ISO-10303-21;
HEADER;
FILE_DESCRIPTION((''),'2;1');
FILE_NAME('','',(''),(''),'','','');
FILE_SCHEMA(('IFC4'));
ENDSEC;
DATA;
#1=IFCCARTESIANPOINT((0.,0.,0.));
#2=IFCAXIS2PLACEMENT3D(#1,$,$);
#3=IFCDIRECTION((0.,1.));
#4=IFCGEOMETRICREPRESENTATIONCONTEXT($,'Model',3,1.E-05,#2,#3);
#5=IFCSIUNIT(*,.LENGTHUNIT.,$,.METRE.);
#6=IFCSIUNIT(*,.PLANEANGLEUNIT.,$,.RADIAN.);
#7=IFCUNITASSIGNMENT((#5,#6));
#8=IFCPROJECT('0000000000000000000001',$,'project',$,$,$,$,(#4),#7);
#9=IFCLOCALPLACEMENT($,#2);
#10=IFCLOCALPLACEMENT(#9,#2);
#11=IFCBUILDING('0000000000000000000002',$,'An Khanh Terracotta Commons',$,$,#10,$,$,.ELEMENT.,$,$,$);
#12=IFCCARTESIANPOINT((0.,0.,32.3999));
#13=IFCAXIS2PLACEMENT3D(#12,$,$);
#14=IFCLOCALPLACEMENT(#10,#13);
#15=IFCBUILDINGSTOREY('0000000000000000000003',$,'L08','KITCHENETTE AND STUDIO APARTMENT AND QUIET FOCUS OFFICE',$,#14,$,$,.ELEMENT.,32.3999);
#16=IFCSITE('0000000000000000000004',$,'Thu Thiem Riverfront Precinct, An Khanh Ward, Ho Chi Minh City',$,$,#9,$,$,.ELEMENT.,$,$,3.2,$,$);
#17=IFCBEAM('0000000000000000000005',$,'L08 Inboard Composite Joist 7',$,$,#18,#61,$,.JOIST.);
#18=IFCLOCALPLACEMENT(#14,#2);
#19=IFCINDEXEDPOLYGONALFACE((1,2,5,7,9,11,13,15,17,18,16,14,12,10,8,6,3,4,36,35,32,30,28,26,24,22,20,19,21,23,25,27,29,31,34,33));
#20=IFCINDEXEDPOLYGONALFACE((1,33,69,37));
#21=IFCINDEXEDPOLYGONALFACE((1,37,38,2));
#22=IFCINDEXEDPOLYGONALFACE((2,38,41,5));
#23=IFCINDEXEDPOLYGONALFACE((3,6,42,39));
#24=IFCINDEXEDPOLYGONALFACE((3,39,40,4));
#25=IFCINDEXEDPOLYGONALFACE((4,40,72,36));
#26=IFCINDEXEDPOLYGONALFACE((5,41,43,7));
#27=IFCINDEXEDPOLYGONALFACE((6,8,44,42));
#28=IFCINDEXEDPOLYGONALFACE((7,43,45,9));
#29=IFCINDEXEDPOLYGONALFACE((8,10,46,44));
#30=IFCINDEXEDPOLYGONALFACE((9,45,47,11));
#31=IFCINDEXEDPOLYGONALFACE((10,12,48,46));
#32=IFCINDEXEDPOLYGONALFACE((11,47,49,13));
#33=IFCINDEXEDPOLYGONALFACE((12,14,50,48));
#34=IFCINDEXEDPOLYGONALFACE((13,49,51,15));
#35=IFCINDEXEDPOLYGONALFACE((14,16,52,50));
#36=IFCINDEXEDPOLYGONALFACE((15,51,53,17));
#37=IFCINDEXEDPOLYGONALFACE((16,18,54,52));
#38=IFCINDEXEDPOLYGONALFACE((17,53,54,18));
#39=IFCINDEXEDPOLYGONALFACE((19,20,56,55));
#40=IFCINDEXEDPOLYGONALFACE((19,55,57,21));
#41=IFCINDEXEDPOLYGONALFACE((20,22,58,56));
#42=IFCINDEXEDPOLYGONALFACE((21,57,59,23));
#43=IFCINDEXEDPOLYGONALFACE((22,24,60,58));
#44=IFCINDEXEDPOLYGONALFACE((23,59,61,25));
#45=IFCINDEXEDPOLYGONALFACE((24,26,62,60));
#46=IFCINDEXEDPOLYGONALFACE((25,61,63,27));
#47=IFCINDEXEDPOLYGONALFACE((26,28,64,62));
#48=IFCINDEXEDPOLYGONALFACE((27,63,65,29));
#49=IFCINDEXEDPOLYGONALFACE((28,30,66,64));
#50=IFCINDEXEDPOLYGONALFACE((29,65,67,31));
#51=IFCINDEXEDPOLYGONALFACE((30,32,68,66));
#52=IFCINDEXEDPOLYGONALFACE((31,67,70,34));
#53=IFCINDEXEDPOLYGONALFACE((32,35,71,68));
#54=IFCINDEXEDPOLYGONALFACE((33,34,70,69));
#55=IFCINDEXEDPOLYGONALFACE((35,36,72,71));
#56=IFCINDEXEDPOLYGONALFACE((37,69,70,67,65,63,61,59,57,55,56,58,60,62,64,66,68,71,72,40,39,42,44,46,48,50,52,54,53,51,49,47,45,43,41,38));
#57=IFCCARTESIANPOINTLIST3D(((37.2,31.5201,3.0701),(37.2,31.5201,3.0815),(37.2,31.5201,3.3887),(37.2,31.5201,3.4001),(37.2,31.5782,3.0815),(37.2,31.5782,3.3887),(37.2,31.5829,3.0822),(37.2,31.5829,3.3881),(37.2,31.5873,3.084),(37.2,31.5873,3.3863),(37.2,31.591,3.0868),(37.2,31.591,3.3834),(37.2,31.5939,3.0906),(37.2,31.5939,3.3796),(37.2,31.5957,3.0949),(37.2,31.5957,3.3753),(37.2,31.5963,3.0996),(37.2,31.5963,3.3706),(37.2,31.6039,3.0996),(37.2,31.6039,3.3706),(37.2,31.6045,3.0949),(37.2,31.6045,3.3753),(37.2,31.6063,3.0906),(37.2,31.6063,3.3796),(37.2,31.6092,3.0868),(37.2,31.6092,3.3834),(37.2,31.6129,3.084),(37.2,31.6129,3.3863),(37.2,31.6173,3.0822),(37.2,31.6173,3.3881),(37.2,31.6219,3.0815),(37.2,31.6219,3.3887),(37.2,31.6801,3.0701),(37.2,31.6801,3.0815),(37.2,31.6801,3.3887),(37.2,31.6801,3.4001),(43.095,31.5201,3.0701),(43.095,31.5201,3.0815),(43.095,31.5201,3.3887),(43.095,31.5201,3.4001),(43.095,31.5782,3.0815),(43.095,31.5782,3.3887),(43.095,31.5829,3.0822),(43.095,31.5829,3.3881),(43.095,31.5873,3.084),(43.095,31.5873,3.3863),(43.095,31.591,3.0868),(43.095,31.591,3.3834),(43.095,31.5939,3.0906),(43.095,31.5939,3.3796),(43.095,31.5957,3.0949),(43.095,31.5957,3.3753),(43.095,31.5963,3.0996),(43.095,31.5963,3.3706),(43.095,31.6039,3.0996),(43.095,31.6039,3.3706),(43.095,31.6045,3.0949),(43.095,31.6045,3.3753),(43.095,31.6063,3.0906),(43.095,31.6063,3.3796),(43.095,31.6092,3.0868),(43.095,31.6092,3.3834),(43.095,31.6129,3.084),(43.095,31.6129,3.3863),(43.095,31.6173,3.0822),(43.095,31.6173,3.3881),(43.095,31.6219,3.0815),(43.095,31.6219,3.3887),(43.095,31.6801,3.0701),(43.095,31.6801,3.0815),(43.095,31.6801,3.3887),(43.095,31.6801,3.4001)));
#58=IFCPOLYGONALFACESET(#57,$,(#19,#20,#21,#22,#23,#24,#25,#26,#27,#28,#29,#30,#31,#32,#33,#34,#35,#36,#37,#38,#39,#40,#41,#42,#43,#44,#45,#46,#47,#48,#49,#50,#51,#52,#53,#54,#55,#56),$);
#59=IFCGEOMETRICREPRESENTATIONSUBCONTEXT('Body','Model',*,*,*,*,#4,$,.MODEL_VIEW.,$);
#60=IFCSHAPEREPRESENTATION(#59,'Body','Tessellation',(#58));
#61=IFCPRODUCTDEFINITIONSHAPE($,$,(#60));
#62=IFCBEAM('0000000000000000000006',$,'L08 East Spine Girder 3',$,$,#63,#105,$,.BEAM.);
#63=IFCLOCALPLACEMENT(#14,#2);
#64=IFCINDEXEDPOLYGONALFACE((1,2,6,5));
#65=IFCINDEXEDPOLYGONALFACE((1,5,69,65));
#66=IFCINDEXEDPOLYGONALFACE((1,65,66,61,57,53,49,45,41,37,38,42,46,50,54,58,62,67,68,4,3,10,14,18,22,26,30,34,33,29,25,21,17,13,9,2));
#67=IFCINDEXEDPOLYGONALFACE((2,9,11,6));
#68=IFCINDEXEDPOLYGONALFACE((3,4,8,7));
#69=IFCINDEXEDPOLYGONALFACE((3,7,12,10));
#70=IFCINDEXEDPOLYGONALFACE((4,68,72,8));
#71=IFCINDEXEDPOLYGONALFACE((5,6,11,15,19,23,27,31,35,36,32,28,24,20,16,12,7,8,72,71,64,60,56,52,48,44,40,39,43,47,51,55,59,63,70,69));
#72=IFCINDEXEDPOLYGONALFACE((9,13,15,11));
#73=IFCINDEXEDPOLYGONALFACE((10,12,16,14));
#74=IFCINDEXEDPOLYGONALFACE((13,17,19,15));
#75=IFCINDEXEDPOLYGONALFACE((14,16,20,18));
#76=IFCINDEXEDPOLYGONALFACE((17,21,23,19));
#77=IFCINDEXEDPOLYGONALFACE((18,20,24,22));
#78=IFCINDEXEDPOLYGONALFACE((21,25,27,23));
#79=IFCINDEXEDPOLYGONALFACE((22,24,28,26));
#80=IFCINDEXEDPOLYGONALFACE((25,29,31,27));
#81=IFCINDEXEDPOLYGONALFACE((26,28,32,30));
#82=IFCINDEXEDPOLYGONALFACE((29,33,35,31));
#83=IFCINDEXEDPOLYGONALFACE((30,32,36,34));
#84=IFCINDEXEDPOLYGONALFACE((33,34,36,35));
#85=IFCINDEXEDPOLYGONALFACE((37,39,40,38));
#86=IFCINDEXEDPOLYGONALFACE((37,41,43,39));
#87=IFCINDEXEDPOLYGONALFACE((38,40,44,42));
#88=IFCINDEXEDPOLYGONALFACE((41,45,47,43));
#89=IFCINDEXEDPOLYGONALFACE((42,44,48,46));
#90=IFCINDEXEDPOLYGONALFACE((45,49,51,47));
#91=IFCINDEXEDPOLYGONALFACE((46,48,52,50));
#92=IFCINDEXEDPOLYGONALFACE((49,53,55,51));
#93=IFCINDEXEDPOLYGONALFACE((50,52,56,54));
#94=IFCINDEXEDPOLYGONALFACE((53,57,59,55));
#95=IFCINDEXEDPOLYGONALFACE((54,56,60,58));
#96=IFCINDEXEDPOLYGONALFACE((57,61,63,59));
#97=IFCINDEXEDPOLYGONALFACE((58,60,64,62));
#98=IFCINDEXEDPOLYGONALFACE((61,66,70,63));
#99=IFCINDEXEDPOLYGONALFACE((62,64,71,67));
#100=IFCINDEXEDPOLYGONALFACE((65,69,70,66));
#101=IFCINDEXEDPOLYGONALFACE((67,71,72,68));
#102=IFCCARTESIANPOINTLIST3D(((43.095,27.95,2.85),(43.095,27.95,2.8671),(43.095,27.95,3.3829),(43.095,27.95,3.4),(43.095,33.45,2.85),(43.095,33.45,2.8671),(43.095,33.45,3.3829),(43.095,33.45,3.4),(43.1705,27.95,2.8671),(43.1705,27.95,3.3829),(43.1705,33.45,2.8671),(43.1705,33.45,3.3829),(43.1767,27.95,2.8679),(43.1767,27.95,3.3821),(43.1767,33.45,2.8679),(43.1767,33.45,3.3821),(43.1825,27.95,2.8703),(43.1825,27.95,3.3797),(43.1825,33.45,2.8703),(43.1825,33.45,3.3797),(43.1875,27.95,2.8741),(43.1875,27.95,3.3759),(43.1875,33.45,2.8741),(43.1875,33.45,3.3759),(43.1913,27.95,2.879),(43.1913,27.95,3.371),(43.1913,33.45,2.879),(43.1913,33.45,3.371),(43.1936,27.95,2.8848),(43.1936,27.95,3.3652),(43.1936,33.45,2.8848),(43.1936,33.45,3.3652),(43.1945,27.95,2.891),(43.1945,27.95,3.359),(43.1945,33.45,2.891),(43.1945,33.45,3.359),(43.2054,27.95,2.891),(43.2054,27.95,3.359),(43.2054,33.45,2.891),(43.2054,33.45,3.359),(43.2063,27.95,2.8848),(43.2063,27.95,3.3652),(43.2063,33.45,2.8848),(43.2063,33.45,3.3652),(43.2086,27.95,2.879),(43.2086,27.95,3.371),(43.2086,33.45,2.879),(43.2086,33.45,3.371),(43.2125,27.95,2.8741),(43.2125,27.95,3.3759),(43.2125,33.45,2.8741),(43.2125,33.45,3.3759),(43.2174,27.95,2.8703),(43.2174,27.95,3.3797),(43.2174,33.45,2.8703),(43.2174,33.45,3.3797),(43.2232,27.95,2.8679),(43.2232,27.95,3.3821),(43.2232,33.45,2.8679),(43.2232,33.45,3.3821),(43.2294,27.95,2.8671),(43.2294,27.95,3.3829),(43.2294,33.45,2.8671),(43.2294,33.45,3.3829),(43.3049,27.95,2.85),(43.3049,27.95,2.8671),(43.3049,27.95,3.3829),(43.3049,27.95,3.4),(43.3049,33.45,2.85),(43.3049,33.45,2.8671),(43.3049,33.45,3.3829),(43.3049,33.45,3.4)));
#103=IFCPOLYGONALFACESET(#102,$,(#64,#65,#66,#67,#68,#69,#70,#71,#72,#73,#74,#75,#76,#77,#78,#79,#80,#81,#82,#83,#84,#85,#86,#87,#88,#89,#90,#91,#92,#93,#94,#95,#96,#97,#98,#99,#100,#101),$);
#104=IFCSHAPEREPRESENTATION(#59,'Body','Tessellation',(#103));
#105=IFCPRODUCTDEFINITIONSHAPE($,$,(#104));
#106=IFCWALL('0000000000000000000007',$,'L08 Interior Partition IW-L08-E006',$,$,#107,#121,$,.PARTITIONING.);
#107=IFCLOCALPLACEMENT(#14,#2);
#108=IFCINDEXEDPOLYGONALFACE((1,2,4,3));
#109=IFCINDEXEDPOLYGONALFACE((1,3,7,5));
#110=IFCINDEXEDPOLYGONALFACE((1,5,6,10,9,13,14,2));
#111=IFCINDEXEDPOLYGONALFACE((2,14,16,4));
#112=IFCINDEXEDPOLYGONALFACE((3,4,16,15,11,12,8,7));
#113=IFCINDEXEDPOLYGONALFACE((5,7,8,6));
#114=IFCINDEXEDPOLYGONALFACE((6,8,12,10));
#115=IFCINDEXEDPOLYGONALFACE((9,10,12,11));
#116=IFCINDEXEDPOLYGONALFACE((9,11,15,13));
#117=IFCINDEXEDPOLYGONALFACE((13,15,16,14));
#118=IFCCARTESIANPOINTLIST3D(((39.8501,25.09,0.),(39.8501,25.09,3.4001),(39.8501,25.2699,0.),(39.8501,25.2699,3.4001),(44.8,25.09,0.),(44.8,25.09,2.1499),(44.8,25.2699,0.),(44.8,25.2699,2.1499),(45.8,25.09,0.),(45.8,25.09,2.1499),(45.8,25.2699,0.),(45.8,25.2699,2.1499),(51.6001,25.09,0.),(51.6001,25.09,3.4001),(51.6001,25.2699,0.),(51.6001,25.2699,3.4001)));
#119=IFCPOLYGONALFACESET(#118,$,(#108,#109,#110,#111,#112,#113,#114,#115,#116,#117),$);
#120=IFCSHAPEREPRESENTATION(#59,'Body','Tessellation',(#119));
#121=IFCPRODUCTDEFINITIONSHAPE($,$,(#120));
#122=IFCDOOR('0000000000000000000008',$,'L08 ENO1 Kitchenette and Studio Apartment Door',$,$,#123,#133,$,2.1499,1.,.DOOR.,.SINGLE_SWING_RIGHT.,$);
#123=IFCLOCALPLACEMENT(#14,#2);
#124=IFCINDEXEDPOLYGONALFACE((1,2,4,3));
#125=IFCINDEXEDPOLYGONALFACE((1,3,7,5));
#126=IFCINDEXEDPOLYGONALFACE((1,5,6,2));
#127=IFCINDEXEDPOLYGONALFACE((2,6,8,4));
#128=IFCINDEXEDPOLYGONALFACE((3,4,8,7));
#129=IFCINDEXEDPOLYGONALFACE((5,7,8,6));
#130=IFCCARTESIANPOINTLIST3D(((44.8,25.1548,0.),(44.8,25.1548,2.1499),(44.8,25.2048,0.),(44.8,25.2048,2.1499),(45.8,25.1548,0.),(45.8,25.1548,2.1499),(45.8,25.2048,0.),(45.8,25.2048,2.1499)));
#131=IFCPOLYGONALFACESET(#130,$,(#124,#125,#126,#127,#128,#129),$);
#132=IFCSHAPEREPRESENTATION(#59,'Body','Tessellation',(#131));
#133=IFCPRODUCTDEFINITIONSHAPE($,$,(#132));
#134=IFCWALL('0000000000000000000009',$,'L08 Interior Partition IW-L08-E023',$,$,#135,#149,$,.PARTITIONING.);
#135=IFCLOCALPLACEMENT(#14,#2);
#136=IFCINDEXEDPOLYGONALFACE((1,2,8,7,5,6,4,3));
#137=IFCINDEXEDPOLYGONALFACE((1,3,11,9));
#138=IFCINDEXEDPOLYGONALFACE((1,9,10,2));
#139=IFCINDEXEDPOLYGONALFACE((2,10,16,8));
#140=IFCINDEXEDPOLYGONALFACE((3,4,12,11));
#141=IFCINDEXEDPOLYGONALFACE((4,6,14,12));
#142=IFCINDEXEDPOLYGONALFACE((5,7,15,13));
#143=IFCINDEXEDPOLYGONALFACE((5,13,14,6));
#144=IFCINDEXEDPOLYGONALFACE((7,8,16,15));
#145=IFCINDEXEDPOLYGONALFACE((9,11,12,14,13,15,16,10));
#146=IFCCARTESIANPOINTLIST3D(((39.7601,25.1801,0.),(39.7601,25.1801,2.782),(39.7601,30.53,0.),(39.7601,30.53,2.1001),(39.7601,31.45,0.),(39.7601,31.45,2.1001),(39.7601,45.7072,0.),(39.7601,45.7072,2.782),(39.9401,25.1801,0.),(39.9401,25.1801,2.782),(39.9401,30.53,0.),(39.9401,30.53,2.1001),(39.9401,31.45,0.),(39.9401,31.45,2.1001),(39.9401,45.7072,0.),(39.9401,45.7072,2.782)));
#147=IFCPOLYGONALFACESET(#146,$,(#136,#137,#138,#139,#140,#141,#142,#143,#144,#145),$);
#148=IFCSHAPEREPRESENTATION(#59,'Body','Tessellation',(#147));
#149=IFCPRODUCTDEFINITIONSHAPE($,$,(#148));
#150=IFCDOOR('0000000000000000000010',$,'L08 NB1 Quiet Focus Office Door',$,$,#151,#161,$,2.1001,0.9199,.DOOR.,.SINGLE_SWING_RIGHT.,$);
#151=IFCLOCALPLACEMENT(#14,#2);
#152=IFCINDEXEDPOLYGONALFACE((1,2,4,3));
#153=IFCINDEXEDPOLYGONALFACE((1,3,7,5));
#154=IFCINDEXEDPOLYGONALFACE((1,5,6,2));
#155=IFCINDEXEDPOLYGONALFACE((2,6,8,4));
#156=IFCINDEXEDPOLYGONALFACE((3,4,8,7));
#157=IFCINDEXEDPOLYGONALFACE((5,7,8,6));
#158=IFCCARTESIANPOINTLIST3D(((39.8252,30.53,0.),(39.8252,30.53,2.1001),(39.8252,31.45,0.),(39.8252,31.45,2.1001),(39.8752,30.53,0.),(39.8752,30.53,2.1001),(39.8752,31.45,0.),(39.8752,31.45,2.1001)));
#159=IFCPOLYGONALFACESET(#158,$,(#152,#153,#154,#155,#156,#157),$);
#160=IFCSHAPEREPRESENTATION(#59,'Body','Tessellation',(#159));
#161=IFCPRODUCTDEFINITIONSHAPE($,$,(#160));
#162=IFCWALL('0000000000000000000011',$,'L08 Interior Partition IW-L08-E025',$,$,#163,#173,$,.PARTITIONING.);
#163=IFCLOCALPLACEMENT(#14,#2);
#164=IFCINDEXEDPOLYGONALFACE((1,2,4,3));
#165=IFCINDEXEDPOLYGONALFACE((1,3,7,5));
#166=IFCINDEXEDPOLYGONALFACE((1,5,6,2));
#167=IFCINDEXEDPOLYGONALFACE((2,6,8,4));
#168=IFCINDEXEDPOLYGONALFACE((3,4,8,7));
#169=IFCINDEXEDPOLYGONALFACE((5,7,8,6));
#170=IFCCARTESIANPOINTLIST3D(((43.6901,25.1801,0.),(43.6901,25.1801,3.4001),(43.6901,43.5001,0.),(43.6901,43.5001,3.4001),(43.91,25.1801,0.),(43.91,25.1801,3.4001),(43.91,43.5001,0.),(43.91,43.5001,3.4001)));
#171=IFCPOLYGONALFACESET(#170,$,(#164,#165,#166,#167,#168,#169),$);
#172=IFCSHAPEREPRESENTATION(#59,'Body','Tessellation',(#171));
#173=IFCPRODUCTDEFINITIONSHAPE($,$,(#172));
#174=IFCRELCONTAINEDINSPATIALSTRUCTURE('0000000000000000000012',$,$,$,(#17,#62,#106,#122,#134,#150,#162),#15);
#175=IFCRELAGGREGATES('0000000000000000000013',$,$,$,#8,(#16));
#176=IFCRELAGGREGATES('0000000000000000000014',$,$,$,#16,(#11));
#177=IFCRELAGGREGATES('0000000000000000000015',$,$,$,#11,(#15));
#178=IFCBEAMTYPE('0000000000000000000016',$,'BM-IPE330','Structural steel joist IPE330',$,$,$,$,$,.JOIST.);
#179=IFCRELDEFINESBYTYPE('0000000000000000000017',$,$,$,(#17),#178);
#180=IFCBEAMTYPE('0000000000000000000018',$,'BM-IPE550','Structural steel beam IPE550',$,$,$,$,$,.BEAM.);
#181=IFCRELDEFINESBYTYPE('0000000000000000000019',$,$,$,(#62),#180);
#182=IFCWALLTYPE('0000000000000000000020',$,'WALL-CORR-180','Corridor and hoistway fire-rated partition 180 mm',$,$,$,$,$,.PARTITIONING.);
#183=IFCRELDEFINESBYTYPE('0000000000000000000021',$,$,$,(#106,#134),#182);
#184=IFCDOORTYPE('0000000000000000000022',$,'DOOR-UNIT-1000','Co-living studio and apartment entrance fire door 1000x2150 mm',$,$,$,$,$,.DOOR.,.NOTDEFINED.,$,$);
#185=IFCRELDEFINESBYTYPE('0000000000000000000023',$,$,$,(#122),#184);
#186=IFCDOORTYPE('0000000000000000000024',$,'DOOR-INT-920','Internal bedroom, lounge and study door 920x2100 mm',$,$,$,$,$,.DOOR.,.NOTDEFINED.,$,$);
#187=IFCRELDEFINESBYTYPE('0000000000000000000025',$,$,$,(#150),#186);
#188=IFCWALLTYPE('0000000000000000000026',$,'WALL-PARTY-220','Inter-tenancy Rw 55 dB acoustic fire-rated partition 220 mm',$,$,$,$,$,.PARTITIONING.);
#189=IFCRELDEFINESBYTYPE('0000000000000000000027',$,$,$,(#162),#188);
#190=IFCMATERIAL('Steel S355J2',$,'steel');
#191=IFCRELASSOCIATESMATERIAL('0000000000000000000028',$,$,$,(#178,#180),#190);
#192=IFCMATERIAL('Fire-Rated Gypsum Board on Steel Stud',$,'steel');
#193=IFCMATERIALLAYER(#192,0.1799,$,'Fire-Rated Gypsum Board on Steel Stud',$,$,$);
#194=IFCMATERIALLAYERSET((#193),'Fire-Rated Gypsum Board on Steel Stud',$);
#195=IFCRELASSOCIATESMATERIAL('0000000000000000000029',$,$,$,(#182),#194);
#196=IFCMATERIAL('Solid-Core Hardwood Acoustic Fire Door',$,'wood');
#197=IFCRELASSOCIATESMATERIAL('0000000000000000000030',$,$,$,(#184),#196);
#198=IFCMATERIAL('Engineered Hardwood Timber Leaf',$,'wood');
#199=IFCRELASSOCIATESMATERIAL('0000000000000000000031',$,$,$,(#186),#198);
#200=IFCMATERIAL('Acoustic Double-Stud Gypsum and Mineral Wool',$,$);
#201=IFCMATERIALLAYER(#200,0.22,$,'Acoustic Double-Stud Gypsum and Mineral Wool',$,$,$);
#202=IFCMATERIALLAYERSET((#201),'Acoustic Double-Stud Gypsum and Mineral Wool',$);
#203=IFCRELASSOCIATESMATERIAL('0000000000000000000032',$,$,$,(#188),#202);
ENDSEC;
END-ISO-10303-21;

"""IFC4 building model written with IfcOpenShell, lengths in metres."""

from ifc_helpers import new_model, si_unit, direction, frame, frame_2d, origin, origin_2d, place, context, subcontext, project, spatial, rectangle, i_section, extrude, material, layer, layer_set, material_profile, profile_set, type_object, element, fill, save


model = new_model("IFC4")

# Units and contexts
model_context = context("Model", 3, precision=1e-05, world=origin(), true_north=direction((0.0, 1.0)))
body_context = subcontext(model_context, "Body", "Model", "MODEL_VIEW")
ifc_project = project(units=[si_unit("LENGTHUNIT", "METRE"), si_unit("PLANEANGLEUNIT", "RADIAN")], contexts=[model_context])

# Site, building, storey
site_placement = place(None, origin())
site = spatial("IfcSite", under=ifc_project, at=site_placement, Name="Thu Thiem Riverfront Precinct, An Khanh Ward, Ho Chi Minh City", CompositionType="ELEMENT", RefElevation=3.2)
building_placement = place(site_placement, origin())
building = spatial("IfcBuilding", under=site, at=building_placement, Name="An Khanh Terracotta Commons", CompositionType="ELEMENT")
storey_placement = place(building_placement, frame((0.0, 0.0, 32.3999)))
storey = spatial("IfcBuildingStorey", under=building, at=storey_placement, Name="L08", Description="KITCHENETTE AND STUDIO APARTMENT AND QUIET FOCUS OFFICE", CompositionType="ELEMENT", Elevation=32.3999)

# Beams
ifc_material_1 = material(Name="Steel S355J2", Category="steel")
ifc_material_profile_1 = material_profile(ifc_material_1, i_section(OverallWidth=0.1599, OverallDepth=0.3301, WebThickness=0.0076, FlangeThickness=0.0115, FilletRadius=0.0181, at=origin_2d()), Name="IPE330")
ifc_profile_set_1 = profile_set([ifc_material_profile_1], Name="Steel S355J2")
beam_type_1 = type_object("IfcBeamType", Name="BM-IPE330", Description="Structural steel joist IPE330", PredefinedType="JOIST", material=ifc_profile_set_1)
for number, where, z_axis, x_axis, name in (
    (1, (37.2, 31.6001, 3.2351), (1.0, 0.0, 0.0), (0.0, 1.0, 0.0), "L08 Inboard Composite Joist 7"),
):
    element("IfcBeam", number, at=place(storey_placement, frame(where, z_axis=z_axis, x_axis=x_axis)), inside=storey, type_object=beam_type_1, Name=name, PredefinedType="JOIST", context=body_context, shape_type="SweptSolid", body=[
        extrude(i_section(OverallWidth=0.1599, OverallDepth=0.3301, WebThickness=0.0076, FlangeThickness=0.0115, FilletRadius=0.0181, at=origin_2d()), origin(), (0.0, 0.0, 1.0), 5.895),
    ])
ifc_material_profile_2 = material_profile(ifc_material_1, i_section(OverallWidth=0.21, OverallDepth=0.55, WebThickness=0.011, FlangeThickness=0.0171, FilletRadius=0.0239, at=origin_2d()), Name="IPE550")
ifc_profile_set_2 = profile_set([ifc_material_profile_2], Name="Steel S355J2")
beam_type_2 = type_object("IfcBeamType", Name="BM-IPE550", Description="Structural steel beam IPE550", PredefinedType="BEAM", material=ifc_profile_set_2)
beam_1_placement = place(storey_placement, frame((43.2, 27.95, 3.125), z_axis=(0.0, 1.0, 0.0), x_axis=(-1.0, 0.0, 0.0)))
element("IfcBeam", 2, at=beam_1_placement, inside=storey, type_object=beam_type_2, Name="L08 East Spine Girder 3", PredefinedType="BEAM", context=body_context, shape_type="SweptSolid", body=[
    extrude(i_section(OverallWidth=0.21, OverallDepth=0.55, WebThickness=0.011, FlangeThickness=0.0171, FilletRadius=0.0239, at=origin_2d()), origin(), (0.0, 0.0, 1.0), 5.5),
])

# Walls, openings, doors
ifc_material_2 = material(Name="Fire-Rated Gypsum Board on Steel Stud", Category="steel")
ifc_layer_1 = layer(ifc_material_2, 0.1799, Name="Fire-Rated Gypsum Board on Steel Stud")
ifc_layer_set_1 = layer_set([ifc_layer_1], Name="Fire-Rated Gypsum Board on Steel Stud")
wall_type_1 = type_object("IfcWallType", Name="WALL-CORR-180", Description="Corridor and hoistway fire-rated partition 180 mm", PredefinedType="PARTITIONING", material=ifc_layer_set_1)
wall_1_placement = place(storey_placement, frame((39.8501, 25.1799, 0.0), z_axis=(0.0, 0.0, 1.0), x_axis=(1.0, 0.0, 0.0)))
wall_1 = element("IfcWall", 3, at=wall_1_placement, inside=storey, type_object=wall_type_1, Name="L08 Interior Partition IW-L08-E006", PredefinedType="PARTITIONING", context=body_context, shape_type="SweptSolid", body=[
    extrude(rectangle(XDim=11.75, YDim=0.1799, at=frame_2d((5.875, 0.0))), origin(), (0.0, 0.0, 1.0), 3.4001),
])
opening_1_placement = place(wall_1_placement, frame((4.95, 0.0, 0.0)))
opening_1 = element("IfcOpeningElement", 4, at=opening_1_placement, cuts=wall_1, PredefinedType="OPENING", context=body_context, shape_type="SweptSolid", body=[
    extrude(rectangle(XDim=1.0, YDim=2.1499, at=frame_2d((0.5, 1.075))), frame((0.0, 0.0999, 0.0), z_axis=(0.0, -1.0, 0.0), x_axis=(1.0, 0.0, 0.0)), (0.0, 0.0, 1.0), 0.2),
])
ifc_material_3 = material(Name="Solid-Core Hardwood Acoustic Fire Door", Category="wood")
door_type_1 = type_object("IfcDoorType", Name="DOOR-UNIT-1000", Description="Co-living studio and apartment entrance fire door 1000x2150 mm", OperationType="NOTDEFINED", PredefinedType="DOOR", material=ifc_material_3)
door_1_placement = place(opening_1_placement, origin())
door_1 = element("IfcDoor", 5, at=door_1_placement, inside=storey, type_object=door_type_1, Name="L08 ENO1 Kitchenette and Studio Apartment Door", OperationType="SINGLE_SWING_RIGHT", OverallHeight=2.1499, OverallWidth=1.0, PredefinedType="DOOR", context=body_context, shape_type="SweptSolid", body=[
    extrude(rectangle(XDim=1.0, YDim=2.1499, at=frame_2d((0.5, 1.075))), frame((0.0, 0.0249, 0.0), z_axis=(0.0, -1.0, 0.0), x_axis=(1.0, 0.0, 0.0)), (0.0, 0.0, 1.0), 0.05),
])
fill(opening_1, door_1)
wall_2_placement = place(storey_placement, frame((39.8501, 25.1799, 0.0), z_axis=(0.0, 0.0, 1.0), x_axis=(0.0, 1.0, 0.0)))
wall_2 = element("IfcWall", 6, at=wall_2_placement, inside=storey, type_object=wall_type_1, Name="L08 Interior Partition IW-L08-E023", PredefinedType="PARTITIONING", context=body_context, shape_type="SweptSolid", body=[
    extrude(rectangle(XDim=20.5271, YDim=0.1799, at=frame_2d((10.2637, 0.0))), origin(), (0.0, 0.0, 1.0), 2.782),
])
opening_2_placement = place(wall_2_placement, frame((5.3501, 0.0, 0.0)))
opening_2 = element("IfcOpeningElement", 7, at=opening_2_placement, cuts=wall_2, PredefinedType="OPENING", context=body_context, shape_type="SweptSolid", body=[
    extrude(rectangle(XDim=0.9199, YDim=2.1001, at=frame_2d((0.46, 1.05))), frame((0.0, 0.0999, 0.0), z_axis=(0.0, -1.0, 0.0), x_axis=(1.0, 0.0, 0.0)), (0.0, 0.0, 1.0), 0.2),
])
ifc_material_4 = material(Name="Engineered Hardwood Timber Leaf", Category="wood")
door_type_2 = type_object("IfcDoorType", Name="DOOR-INT-920", Description="Internal bedroom, lounge and study door 920x2100 mm", OperationType="NOTDEFINED", PredefinedType="DOOR", material=ifc_material_4)
door_2_placement = place(opening_2_placement, origin())
door_2 = element("IfcDoor", 8, at=door_2_placement, inside=storey, type_object=door_type_2, Name="L08 NB1 Quiet Focus Office Door", OperationType="SINGLE_SWING_RIGHT", OverallHeight=2.1001, OverallWidth=0.9199, PredefinedType="DOOR", context=body_context, shape_type="SweptSolid", body=[
    extrude(rectangle(XDim=0.9199, YDim=2.1001, at=frame_2d((0.46, 1.05))), frame((0.0, 0.0249, 0.0), z_axis=(0.0, -1.0, 0.0), x_axis=(1.0, 0.0, 0.0)), (0.0, 0.0, 1.0), 0.05),
])
fill(opening_2, door_2)

# Wall
ifc_material_5 = material(Name="Acoustic Double-Stud Gypsum and Mineral Wool")
ifc_layer_2 = layer(ifc_material_5, 0.22, Name="Acoustic Double-Stud Gypsum and Mineral Wool")
ifc_layer_set_2 = layer_set([ifc_layer_2], Name="Acoustic Double-Stud Gypsum and Mineral Wool")
wall_type_2 = type_object("IfcWallType", Name="WALL-PARTY-220", Description="Inter-tenancy Rw 55 dB acoustic fire-rated partition 220 mm", PredefinedType="PARTITIONING", material=ifc_layer_set_2)
wall_3_placement = place(storey_placement, frame((43.8, 25.1799, 0.0), z_axis=(0.0, 0.0, 1.0), x_axis=(0.0, 1.0, 0.0)))
element("IfcWall", 9, at=wall_3_placement, inside=storey, type_object=wall_type_2, Name="L08 Interior Partition IW-L08-E025", PredefinedType="PARTITIONING", context=body_context, shape_type="SweptSolid", body=[
    extrude(rectangle(XDim=18.3201, YDim=0.22, at=frame_2d((9.1602, 0.0))), origin(), (0.0, 0.0, 1.0), 3.4001),
])

save(model, "model.ifc")
